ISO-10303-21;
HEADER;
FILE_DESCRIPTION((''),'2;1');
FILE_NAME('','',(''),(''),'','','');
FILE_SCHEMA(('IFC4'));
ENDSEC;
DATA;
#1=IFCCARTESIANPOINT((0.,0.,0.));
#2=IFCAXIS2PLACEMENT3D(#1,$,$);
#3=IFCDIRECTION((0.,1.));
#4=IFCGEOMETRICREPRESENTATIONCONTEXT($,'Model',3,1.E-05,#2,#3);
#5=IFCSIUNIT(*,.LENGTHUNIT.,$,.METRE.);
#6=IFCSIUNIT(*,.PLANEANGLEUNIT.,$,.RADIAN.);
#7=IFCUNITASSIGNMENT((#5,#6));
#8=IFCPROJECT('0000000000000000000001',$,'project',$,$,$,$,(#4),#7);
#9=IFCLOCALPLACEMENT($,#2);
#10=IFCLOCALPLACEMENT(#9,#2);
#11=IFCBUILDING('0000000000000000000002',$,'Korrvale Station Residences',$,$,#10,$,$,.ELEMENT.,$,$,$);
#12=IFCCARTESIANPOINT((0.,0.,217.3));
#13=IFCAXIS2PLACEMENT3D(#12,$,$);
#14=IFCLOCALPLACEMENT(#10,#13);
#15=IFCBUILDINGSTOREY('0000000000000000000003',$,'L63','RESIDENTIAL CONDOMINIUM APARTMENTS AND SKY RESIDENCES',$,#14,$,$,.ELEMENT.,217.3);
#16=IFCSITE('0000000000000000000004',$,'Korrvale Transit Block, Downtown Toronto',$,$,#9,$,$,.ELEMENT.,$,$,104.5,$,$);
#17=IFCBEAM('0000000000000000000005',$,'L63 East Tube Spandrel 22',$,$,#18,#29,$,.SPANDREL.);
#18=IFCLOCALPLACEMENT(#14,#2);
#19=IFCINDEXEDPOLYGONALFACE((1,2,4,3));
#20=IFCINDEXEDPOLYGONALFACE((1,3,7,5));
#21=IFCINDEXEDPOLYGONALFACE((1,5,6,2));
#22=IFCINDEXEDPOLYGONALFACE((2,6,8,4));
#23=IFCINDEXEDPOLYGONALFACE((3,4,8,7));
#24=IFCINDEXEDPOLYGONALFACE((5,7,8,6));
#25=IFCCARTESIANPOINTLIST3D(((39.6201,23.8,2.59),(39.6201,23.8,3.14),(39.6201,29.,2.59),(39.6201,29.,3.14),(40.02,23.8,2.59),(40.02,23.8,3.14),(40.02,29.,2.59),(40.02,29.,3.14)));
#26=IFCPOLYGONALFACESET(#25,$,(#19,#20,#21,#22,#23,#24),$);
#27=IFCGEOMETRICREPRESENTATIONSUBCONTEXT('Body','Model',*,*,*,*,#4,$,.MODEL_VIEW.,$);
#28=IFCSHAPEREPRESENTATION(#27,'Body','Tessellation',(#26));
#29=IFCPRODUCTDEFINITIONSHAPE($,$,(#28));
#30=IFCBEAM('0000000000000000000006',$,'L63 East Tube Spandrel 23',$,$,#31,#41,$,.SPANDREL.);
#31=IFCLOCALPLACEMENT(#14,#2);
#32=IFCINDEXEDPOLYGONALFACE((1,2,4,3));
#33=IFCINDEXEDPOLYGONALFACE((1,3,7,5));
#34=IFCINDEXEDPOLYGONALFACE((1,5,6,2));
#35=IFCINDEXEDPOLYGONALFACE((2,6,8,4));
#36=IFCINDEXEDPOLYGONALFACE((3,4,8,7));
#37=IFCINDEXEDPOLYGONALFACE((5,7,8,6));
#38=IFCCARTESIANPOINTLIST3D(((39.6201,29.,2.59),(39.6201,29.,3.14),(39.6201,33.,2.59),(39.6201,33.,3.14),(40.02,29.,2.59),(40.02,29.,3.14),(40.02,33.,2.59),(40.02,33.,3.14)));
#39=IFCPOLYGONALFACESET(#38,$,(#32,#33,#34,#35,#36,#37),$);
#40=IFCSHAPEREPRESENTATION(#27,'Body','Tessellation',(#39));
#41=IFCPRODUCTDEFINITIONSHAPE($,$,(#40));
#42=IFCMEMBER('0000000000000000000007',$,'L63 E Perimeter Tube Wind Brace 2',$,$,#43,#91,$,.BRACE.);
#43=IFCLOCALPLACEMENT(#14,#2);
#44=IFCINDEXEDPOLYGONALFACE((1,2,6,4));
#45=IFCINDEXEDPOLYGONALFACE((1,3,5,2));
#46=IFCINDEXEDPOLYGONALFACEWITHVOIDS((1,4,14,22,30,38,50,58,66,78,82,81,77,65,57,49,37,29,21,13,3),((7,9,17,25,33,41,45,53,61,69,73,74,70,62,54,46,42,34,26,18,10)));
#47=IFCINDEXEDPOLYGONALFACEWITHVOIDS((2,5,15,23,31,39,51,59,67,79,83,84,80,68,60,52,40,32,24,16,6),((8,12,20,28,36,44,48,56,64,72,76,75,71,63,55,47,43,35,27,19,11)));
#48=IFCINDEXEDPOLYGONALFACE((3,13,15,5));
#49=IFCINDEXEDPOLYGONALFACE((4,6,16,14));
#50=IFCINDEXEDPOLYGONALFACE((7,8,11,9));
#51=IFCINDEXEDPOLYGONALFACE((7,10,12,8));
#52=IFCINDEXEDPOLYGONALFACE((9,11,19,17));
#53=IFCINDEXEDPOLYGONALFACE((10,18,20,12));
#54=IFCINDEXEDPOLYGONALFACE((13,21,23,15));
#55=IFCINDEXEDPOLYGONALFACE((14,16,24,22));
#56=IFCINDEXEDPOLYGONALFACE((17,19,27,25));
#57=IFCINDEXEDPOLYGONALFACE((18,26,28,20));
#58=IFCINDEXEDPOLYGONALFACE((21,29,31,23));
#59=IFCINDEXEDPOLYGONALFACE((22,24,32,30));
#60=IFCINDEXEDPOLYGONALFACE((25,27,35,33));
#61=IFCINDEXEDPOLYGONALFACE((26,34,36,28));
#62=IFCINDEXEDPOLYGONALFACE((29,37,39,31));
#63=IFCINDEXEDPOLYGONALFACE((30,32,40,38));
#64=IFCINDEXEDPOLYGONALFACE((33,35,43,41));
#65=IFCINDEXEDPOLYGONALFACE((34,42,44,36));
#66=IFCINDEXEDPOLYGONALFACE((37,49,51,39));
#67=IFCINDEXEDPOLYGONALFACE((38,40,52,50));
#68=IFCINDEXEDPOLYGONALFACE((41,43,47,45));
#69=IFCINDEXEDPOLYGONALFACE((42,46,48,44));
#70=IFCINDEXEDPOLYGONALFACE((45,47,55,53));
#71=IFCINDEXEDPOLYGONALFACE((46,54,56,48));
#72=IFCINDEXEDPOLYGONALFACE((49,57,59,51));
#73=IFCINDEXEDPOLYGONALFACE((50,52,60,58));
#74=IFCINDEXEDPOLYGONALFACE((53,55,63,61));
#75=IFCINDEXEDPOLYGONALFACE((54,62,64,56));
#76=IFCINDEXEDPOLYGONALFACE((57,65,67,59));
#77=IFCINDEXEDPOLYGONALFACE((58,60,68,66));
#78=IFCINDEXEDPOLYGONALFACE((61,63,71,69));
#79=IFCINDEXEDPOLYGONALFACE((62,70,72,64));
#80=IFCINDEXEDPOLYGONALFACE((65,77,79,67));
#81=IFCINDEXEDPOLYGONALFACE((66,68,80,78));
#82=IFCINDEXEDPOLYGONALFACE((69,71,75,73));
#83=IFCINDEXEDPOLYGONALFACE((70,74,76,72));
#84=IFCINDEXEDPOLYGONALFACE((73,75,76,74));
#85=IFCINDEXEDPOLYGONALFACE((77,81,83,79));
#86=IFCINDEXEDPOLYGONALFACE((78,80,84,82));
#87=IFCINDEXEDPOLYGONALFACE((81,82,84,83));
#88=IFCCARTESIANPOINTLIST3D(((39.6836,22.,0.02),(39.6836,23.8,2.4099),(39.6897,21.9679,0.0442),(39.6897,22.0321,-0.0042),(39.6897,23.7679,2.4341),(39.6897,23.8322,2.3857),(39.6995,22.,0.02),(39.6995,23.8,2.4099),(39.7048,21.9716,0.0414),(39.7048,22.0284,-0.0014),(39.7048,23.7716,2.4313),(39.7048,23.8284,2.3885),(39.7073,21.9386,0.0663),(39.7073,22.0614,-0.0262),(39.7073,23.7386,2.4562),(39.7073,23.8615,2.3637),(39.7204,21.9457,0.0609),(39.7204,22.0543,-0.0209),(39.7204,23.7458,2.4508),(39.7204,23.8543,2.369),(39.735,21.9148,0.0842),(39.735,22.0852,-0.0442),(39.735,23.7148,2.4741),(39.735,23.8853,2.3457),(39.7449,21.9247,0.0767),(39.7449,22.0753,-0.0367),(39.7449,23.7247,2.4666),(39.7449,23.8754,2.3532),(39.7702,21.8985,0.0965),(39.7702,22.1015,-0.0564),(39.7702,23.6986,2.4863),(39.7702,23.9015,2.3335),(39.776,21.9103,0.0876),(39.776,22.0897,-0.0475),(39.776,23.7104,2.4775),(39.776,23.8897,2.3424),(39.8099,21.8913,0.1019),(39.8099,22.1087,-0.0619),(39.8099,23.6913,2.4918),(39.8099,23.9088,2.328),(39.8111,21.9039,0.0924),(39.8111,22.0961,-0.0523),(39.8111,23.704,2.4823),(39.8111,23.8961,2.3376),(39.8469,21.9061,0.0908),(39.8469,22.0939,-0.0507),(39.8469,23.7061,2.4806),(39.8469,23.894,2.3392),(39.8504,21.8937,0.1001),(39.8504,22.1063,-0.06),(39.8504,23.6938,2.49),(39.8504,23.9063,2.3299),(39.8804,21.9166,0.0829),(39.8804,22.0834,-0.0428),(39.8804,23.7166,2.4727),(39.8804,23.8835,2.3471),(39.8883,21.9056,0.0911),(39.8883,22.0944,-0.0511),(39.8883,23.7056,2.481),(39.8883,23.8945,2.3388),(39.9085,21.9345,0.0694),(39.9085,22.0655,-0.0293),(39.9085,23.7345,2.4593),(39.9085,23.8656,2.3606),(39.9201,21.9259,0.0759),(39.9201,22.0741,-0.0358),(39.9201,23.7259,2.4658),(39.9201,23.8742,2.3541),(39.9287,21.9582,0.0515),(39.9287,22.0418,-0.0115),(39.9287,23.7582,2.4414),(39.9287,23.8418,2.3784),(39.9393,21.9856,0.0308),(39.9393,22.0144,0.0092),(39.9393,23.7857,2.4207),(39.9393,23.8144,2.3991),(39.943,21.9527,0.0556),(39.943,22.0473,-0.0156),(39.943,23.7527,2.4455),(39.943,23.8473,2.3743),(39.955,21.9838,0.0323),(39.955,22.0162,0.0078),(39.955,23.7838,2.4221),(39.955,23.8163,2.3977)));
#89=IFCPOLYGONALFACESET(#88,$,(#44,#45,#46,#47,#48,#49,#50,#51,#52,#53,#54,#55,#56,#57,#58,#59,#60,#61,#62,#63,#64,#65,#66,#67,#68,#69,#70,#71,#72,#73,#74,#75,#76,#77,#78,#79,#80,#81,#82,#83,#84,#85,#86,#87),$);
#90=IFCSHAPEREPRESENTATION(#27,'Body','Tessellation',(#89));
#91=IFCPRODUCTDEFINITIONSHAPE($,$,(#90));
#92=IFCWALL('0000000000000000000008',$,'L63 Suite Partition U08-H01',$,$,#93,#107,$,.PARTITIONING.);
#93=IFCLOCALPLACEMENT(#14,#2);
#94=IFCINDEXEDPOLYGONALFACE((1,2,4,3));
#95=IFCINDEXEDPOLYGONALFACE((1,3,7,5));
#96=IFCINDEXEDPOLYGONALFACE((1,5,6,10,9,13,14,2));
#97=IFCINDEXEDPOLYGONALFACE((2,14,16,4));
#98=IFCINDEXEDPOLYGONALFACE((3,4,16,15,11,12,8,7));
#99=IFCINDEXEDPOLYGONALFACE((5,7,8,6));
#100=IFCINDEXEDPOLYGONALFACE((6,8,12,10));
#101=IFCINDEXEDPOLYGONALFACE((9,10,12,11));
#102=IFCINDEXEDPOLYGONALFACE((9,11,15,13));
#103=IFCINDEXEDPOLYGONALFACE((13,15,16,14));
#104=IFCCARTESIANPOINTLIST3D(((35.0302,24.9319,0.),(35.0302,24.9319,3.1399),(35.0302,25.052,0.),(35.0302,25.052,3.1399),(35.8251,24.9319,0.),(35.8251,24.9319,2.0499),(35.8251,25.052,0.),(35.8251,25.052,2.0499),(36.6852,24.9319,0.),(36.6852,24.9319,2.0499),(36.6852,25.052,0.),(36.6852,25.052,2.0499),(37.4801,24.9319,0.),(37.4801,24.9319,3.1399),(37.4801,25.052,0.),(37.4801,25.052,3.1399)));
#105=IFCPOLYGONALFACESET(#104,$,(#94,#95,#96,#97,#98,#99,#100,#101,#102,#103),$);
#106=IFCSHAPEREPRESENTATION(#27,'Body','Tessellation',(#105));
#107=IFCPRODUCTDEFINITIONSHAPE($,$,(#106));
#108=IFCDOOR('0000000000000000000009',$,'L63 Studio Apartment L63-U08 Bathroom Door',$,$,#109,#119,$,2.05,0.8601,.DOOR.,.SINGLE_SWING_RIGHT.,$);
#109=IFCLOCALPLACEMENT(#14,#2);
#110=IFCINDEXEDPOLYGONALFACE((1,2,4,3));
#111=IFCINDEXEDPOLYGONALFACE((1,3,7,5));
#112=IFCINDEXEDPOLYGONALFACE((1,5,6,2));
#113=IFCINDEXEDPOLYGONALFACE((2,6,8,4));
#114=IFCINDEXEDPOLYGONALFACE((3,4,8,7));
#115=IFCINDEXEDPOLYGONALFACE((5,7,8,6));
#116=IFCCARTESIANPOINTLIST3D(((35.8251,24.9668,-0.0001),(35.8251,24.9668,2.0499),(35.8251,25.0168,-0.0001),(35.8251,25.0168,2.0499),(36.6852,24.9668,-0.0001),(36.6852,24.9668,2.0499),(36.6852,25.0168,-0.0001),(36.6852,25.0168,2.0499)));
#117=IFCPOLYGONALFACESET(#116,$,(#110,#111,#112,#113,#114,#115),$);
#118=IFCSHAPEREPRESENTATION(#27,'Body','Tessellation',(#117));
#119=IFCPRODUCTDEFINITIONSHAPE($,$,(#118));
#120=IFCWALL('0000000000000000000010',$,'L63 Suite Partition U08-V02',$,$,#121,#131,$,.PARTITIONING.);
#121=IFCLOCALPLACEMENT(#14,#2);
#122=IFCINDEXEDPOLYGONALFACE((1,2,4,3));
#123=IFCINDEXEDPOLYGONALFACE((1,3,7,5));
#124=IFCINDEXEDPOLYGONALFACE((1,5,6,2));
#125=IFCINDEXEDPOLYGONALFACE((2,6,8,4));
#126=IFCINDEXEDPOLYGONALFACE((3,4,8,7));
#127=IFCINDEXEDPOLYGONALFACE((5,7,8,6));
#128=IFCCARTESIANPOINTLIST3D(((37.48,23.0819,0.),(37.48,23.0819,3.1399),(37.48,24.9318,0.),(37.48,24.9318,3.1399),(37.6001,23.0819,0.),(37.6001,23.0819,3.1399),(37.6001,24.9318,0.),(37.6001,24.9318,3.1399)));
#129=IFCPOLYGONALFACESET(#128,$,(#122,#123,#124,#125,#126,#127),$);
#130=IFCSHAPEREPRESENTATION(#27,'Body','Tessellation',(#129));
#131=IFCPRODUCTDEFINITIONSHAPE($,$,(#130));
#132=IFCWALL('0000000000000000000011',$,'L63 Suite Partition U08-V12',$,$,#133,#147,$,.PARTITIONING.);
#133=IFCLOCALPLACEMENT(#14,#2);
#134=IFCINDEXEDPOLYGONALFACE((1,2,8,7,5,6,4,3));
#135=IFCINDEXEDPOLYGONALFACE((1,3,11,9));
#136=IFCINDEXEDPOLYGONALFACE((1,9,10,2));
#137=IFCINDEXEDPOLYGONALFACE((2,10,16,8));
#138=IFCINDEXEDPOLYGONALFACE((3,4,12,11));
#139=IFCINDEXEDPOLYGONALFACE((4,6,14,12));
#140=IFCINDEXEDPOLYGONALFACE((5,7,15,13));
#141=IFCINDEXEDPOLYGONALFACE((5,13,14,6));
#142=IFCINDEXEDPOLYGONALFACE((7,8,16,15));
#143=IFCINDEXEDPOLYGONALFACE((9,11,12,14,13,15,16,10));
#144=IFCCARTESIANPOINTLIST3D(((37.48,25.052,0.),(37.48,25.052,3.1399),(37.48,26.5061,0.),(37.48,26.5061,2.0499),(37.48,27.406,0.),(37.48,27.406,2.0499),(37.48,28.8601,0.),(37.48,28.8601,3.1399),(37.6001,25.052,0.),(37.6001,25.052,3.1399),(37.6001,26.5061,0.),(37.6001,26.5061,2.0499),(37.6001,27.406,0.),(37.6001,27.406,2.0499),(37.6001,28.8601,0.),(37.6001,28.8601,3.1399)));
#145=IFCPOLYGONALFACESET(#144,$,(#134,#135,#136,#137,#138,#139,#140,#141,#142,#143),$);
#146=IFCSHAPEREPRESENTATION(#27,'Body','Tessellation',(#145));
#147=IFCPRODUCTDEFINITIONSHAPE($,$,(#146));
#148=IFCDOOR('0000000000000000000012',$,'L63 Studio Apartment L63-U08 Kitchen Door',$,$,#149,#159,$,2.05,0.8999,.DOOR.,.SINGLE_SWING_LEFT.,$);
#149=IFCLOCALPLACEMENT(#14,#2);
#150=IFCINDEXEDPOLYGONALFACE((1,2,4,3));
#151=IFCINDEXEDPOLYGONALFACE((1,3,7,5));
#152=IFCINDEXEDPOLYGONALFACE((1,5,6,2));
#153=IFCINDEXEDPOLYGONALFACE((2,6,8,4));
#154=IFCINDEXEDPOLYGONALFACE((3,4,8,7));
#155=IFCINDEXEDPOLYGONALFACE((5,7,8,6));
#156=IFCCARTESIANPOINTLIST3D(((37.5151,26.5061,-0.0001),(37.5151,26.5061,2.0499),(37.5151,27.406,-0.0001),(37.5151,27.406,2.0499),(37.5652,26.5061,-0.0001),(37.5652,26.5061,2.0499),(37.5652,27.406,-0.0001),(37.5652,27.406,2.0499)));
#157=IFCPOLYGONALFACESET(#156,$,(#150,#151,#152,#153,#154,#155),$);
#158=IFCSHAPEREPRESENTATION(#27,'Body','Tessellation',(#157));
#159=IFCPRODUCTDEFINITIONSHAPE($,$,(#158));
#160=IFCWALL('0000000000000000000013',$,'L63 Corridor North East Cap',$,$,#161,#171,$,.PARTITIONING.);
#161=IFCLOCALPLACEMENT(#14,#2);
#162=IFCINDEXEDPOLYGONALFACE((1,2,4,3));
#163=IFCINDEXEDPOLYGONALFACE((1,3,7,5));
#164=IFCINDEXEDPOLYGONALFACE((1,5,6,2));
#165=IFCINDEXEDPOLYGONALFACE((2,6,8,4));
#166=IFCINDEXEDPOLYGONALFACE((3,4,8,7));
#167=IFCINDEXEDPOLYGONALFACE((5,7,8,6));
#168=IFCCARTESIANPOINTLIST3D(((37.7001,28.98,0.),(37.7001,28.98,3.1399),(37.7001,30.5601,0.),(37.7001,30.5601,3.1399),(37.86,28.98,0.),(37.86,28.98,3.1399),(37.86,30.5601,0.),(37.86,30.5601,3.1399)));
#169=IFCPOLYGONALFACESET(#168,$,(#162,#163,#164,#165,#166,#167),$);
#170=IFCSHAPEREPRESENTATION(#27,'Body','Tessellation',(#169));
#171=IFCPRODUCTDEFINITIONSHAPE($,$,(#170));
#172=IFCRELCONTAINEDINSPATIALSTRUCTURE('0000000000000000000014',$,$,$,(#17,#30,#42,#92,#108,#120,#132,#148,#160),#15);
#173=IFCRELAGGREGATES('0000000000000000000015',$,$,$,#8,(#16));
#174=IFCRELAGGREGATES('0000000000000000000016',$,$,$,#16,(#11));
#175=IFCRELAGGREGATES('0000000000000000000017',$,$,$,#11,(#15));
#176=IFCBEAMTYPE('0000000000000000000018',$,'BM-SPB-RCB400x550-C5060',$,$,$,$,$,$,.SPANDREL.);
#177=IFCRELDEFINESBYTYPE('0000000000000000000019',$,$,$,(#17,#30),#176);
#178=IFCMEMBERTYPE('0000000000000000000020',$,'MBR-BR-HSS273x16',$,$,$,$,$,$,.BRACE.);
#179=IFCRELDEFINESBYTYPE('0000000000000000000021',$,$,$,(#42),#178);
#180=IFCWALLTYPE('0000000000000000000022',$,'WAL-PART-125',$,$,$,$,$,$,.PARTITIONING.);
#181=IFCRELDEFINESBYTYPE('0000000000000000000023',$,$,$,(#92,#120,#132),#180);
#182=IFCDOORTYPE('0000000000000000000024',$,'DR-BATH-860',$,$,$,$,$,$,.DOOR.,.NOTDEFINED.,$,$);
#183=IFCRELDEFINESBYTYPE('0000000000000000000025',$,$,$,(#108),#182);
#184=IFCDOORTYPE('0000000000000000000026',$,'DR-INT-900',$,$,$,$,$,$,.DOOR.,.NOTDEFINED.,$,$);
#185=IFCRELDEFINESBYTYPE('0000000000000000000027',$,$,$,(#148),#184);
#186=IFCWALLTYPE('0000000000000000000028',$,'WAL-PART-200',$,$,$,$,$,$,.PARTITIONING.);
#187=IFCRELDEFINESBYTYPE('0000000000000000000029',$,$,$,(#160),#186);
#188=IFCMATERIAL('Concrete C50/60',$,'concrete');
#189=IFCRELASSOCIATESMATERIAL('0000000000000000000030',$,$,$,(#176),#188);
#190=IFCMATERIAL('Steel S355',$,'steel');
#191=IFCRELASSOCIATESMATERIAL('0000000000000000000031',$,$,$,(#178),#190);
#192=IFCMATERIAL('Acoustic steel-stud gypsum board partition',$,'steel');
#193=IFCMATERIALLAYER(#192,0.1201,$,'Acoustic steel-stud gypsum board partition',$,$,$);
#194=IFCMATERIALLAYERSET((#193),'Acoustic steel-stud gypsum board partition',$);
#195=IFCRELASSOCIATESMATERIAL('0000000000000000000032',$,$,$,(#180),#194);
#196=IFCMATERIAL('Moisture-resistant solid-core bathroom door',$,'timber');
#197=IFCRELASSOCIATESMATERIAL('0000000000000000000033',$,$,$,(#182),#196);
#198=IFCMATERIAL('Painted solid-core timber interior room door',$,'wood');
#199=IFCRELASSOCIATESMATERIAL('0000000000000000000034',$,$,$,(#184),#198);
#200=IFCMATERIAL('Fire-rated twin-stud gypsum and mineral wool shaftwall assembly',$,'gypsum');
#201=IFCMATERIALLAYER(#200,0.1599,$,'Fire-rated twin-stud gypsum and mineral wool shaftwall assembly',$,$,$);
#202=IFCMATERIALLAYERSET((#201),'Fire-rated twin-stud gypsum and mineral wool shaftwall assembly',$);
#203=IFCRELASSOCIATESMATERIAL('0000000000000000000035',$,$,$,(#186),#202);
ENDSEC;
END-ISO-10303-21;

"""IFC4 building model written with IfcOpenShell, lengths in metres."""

from ifc_helpers import new_model, si_unit, direction, frame, frame_2d, origin, origin_2d, place, context, subcontext, project, spatial, rectangle, hollow_circle, extrude, material, layer, layer_set, material_profile, profile_set, type_object, element, fill, save


model = new_model("IFC4")

# Units and contexts
model_context = context("Model", 3, precision=1e-05, world=origin(), true_north=direction((0.0, 1.0)))
body_context = subcontext(model_context, "Body", "Model", "MODEL_VIEW")
ifc_project = project(units=[si_unit("LENGTHUNIT", "METRE"), si_unit("PLANEANGLEUNIT", "RADIAN")], contexts=[model_context])

# Site, building, storey
site_placement = place(None, origin())
site = spatial("IfcSite", under=ifc_project, at=site_placement, Name="Korrvale Transit Block, Downtown Toronto", CompositionType="ELEMENT", RefElevation=104.5)
building_placement = place(site_placement, origin())
building = spatial("IfcBuilding", under=site, at=building_placement, Name="Korrvale Station Residences", CompositionType="ELEMENT")
storey_placement = place(building_placement, frame((0.0, 0.0, 217.3)))
storey = spatial("IfcBuildingStorey", under=building, at=storey_placement, Name="L63", Description="RESIDENTIAL CONDOMINIUM APARTMENTS AND SKY RESIDENCES", CompositionType="ELEMENT", Elevation=217.3)

# Shared definitions
ifc_material_1 = material(Name="Concrete C50/60", Category="concrete")

# Beams
ifc_material_2 = material(Name="Steel S355", Category="steel")
ifc_material_profile_1 = material_profile(ifc_material_1, rectangle(XDim=0.3999, YDim=0.55, at=origin_2d()), Name="RCB400x550")
ifc_profile_set_1 = profile_set([ifc_material_profile_1], Name="Concrete C50/60")
beam_type_1 = type_object("IfcBeamType", Name="BM-SPB-RCB400x550-C5060", PredefinedType="SPANDREL", material=ifc_profile_set_1)
beam_1_placement = place(storey_placement, frame((39.8201, 23.8, 2.865), z_axis=(0.0, 1.0, 0.0), x_axis=(-1.0, 0.0, 0.0)))
element("IfcBeam", 1, at=beam_1_placement, inside=storey, type_object=beam_type_1, Name="L63 East Tube Spandrel 22", PredefinedType="SPANDREL", context=body_context, shape_type="SweptSolid", body=[
    extrude(rectangle(XDim=0.3999, YDim=0.55, at=origin_2d()), origin(), (0.0, 0.0, 1.0), 5.2),
])
beam_2_placement = place(storey_placement, frame((39.8201, 29.0, 2.865), z_axis=(0.0, 1.0, 0.0), x_axis=(-1.0, 0.0, 0.0)))
element("IfcBeam", 2, at=beam_2_placement, inside=storey, type_object=beam_type_1, Name="L63 East Tube Spandrel 23", PredefinedType="SPANDREL", context=body_context, shape_type="SweptSolid", body=[
    extrude(rectangle(XDim=0.3999, YDim=0.55, at=origin_2d()), origin(), (0.0, 0.0, 1.0), 4.0),
])

# Member
ifc_material_profile_2 = material_profile(ifc_material_2, hollow_circle(Radius=0.1365, WallThickness=0.0159, at=origin_2d()), Name="HSS273x16")
ifc_profile_set_2 = profile_set([ifc_material_profile_2], Name="Steel S355")
member_type = type_object("IfcMemberType", Name="MBR-BR-HSS273x16", PredefinedType="BRACE", material=ifc_profile_set_2)
member_placement = place(storey_placement, frame((39.8201, 22.0, 0.02), z_axis=(0.0, 0.601631, 0.798774), x_axis=(-1.0, 0.0, 0.0)))
element("IfcMember", 3, at=member_placement, inside=storey, type_object=member_type, Name="L63 E Perimeter Tube Wind Brace 2", PredefinedType="BRACE", context=body_context, shape_type="SweptSolid", body=[
    extrude(hollow_circle(Radius=0.1365, WallThickness=0.0159, at=origin_2d()), origin(), (0.0, 0.0, 1.0), 2.9919),
])

# Wall, opening, door
ifc_material_3 = material(Name="Acoustic steel-stud gypsum board partition", Category="steel")
ifc_layer_1 = layer(ifc_material_3, 0.1201, Name="Acoustic steel-stud gypsum board partition")
ifc_layer_set_1 = layer_set([ifc_layer_1], Name="Acoustic steel-stud gypsum board partition")
wall_type_1 = type_object("IfcWallType", Name="WAL-PART-125", PredefinedType="PARTITIONING", material=ifc_layer_set_1)
wall_1_placement = place(storey_placement, frame((35.03, 24.9919, 0.0), z_axis=(0.0, 0.0, 1.0), x_axis=(1.0, 0.0, 0.0)))
wall_1 = element("IfcWall", 4, at=wall_1_placement, inside=storey, type_object=wall_type_1, Name="L63 Suite Partition U08-H01", PredefinedType="PARTITIONING", context=body_context, shape_type="SweptSolid", body=[
    extrude(rectangle(XDim=2.45, YDim=0.1201, at=frame_2d((1.2251, 0.0))), origin(), (0.0, 0.0, 1.0), 3.1399),
])
opening_1_placement = place(wall_1_placement, frame((0.7949, 0.0, 0.0)))
opening_1 = element("IfcOpeningElement", 5, at=opening_1_placement, cuts=wall_1, PredefinedType="OPENING", context=body_context, shape_type="SweptSolid", body=[
    extrude(rectangle(XDim=0.8601, YDim=2.05, at=frame_2d((0.4302, 1.0249))), frame((0.0, 0.0701, 0.0), z_axis=(0.0, -1.0, 0.0), x_axis=(1.0, 0.0, 0.0)), (0.0, 0.0, 1.0), 0.1401),
])
ifc_material_4 = material(Name="Moisture-resistant solid-core bathroom door", Category="timber")
door_type_1 = type_object("IfcDoorType", Name="DR-BATH-860", OperationType="NOTDEFINED", PredefinedType="DOOR", material=ifc_material_4)
door_1_placement = place(opening_1_placement, origin())
door_1 = element("IfcDoor", 6, at=door_1_placement, inside=storey, type_object=door_type_1, Name="L63 Studio Apartment L63-U08 Bathroom Door", OperationType="SINGLE_SWING_RIGHT", OverallHeight=2.05, OverallWidth=0.8601, PredefinedType="DOOR", context=body_context, shape_type="SweptSolid", body=[
    extrude(rectangle(XDim=0.8601, YDim=2.05, at=frame_2d((0.4302, 1.0249))), frame((0.0, 0.0249, 0.0), z_axis=(0.0, -1.0, 0.0), x_axis=(1.0, 0.0, 0.0)), (0.0, 0.0, 1.0), 0.05),
])
fill(opening_1, door_1)

# Wall
wall_2_placement = place(storey_placement, frame((37.54, 23.082, 0.0), z_axis=(0.0, 0.0, 1.0), x_axis=(0.0, 1.0, 0.0)))
element("IfcWall", 7, at=wall_2_placement, inside=storey, type_object=wall_type_1, Name="L63 Suite Partition U08-V02", PredefinedType="PARTITIONING", context=body_context, shape_type="SweptSolid", body=[
    extrude(rectangle(XDim=1.8499, YDim=0.1201, at=frame_2d((0.9248, 0.0))), origin(), (0.0, 0.0, 1.0), 3.1399),
])

# Wall, opening, door
wall_3_placement = place(storey_placement, frame((37.54, 25.052, 0.0), z_axis=(0.0, 0.0, 1.0), x_axis=(0.0, 1.0, 0.0)))
wall_3 = element("IfcWall", 8, at=wall_3_placement, inside=storey, type_object=wall_type_1, Name="L63 Suite Partition U08-V12", PredefinedType="PARTITIONING", context=body_context, shape_type="SweptSolid", body=[
    extrude(rectangle(XDim=3.8081, YDim=0.1201, at=frame_2d((1.9041, 0.0))), origin(), (0.0, 0.0, 1.0), 3.1399),
])
opening_2_placement = place(wall_3_placement, frame((1.4541, 0.0, 0.0)))
opening_2 = element("IfcOpeningElement", 9, at=opening_2_placement, cuts=wall_3, PredefinedType="OPENING", context=body_context, shape_type="SweptSolid", body=[
    extrude(rectangle(XDim=0.8999, YDim=2.05, at=frame_2d((0.45, 1.0249))), frame((0.0, 0.0701, 0.0), z_axis=(0.0, -1.0, 0.0), x_axis=(1.0, 0.0, 0.0)), (0.0, 0.0, 1.0), 0.1401),
])
ifc_material_5 = material(Name="Painted solid-core timber interior room door", Category="wood")
door_type_2 = type_object("IfcDoorType", Name="DR-INT-900", OperationType="NOTDEFINED", PredefinedType="DOOR", material=ifc_material_5)
door_2_placement = place(opening_2_placement, origin())
door_2 = element("IfcDoor", 10, at=door_2_placement, inside=storey, type_object=door_type_2, Name="L63 Studio Apartment L63-U08 Kitchen Door", OperationType="SINGLE_SWING_LEFT", OverallHeight=2.05, OverallWidth=0.8999, PredefinedType="DOOR", context=body_context, shape_type="SweptSolid", body=[
    extrude(rectangle(XDim=0.8999, YDim=2.05, at=frame_2d((0.45, 1.0249))), frame((0.0, 0.0249, 0.0), z_axis=(0.0, -1.0, 0.0), x_axis=(1.0, 0.0, 0.0)), (0.0, 0.0, 1.0), 0.05),
])
fill(opening_2, door_2)

# Wall
ifc_material_6 = material(Name="Fire-rated twin-stud gypsum and mineral wool shaftwall assembly", Category="gypsum")
ifc_layer_2 = layer(ifc_material_6, 0.1599, Name="Fire-rated twin-stud gypsum and mineral wool shaftwall assembly")
ifc_layer_set_2 = layer_set([ifc_layer_2], Name="Fire-rated twin-stud gypsum and mineral wool shaftwall assembly")
wall_type_2 = type_object("IfcWallType", Name="WAL-PART-200", PredefinedType="PARTITIONING", material=ifc_layer_set_2)
wall_4_placement = place(storey_placement, frame((37.78, 28.98, 0.0), z_axis=(0.0, 0.0, 1.0), x_axis=(0.0, 1.0, 0.0)))
element("IfcWall", 11, at=wall_4_placement, inside=storey, type_object=wall_type_2, Name="L63 Corridor North East Cap", PredefinedType="PARTITIONING", context=body_context, shape_type="SweptSolid", body=[
    extrude(rectangle(XDim=1.5801, YDim=0.1599, at=frame_2d((0.79, 0.0))), origin(), (0.0, 0.0, 1.0), 3.1399),
])

save(model, "model.ifc")
